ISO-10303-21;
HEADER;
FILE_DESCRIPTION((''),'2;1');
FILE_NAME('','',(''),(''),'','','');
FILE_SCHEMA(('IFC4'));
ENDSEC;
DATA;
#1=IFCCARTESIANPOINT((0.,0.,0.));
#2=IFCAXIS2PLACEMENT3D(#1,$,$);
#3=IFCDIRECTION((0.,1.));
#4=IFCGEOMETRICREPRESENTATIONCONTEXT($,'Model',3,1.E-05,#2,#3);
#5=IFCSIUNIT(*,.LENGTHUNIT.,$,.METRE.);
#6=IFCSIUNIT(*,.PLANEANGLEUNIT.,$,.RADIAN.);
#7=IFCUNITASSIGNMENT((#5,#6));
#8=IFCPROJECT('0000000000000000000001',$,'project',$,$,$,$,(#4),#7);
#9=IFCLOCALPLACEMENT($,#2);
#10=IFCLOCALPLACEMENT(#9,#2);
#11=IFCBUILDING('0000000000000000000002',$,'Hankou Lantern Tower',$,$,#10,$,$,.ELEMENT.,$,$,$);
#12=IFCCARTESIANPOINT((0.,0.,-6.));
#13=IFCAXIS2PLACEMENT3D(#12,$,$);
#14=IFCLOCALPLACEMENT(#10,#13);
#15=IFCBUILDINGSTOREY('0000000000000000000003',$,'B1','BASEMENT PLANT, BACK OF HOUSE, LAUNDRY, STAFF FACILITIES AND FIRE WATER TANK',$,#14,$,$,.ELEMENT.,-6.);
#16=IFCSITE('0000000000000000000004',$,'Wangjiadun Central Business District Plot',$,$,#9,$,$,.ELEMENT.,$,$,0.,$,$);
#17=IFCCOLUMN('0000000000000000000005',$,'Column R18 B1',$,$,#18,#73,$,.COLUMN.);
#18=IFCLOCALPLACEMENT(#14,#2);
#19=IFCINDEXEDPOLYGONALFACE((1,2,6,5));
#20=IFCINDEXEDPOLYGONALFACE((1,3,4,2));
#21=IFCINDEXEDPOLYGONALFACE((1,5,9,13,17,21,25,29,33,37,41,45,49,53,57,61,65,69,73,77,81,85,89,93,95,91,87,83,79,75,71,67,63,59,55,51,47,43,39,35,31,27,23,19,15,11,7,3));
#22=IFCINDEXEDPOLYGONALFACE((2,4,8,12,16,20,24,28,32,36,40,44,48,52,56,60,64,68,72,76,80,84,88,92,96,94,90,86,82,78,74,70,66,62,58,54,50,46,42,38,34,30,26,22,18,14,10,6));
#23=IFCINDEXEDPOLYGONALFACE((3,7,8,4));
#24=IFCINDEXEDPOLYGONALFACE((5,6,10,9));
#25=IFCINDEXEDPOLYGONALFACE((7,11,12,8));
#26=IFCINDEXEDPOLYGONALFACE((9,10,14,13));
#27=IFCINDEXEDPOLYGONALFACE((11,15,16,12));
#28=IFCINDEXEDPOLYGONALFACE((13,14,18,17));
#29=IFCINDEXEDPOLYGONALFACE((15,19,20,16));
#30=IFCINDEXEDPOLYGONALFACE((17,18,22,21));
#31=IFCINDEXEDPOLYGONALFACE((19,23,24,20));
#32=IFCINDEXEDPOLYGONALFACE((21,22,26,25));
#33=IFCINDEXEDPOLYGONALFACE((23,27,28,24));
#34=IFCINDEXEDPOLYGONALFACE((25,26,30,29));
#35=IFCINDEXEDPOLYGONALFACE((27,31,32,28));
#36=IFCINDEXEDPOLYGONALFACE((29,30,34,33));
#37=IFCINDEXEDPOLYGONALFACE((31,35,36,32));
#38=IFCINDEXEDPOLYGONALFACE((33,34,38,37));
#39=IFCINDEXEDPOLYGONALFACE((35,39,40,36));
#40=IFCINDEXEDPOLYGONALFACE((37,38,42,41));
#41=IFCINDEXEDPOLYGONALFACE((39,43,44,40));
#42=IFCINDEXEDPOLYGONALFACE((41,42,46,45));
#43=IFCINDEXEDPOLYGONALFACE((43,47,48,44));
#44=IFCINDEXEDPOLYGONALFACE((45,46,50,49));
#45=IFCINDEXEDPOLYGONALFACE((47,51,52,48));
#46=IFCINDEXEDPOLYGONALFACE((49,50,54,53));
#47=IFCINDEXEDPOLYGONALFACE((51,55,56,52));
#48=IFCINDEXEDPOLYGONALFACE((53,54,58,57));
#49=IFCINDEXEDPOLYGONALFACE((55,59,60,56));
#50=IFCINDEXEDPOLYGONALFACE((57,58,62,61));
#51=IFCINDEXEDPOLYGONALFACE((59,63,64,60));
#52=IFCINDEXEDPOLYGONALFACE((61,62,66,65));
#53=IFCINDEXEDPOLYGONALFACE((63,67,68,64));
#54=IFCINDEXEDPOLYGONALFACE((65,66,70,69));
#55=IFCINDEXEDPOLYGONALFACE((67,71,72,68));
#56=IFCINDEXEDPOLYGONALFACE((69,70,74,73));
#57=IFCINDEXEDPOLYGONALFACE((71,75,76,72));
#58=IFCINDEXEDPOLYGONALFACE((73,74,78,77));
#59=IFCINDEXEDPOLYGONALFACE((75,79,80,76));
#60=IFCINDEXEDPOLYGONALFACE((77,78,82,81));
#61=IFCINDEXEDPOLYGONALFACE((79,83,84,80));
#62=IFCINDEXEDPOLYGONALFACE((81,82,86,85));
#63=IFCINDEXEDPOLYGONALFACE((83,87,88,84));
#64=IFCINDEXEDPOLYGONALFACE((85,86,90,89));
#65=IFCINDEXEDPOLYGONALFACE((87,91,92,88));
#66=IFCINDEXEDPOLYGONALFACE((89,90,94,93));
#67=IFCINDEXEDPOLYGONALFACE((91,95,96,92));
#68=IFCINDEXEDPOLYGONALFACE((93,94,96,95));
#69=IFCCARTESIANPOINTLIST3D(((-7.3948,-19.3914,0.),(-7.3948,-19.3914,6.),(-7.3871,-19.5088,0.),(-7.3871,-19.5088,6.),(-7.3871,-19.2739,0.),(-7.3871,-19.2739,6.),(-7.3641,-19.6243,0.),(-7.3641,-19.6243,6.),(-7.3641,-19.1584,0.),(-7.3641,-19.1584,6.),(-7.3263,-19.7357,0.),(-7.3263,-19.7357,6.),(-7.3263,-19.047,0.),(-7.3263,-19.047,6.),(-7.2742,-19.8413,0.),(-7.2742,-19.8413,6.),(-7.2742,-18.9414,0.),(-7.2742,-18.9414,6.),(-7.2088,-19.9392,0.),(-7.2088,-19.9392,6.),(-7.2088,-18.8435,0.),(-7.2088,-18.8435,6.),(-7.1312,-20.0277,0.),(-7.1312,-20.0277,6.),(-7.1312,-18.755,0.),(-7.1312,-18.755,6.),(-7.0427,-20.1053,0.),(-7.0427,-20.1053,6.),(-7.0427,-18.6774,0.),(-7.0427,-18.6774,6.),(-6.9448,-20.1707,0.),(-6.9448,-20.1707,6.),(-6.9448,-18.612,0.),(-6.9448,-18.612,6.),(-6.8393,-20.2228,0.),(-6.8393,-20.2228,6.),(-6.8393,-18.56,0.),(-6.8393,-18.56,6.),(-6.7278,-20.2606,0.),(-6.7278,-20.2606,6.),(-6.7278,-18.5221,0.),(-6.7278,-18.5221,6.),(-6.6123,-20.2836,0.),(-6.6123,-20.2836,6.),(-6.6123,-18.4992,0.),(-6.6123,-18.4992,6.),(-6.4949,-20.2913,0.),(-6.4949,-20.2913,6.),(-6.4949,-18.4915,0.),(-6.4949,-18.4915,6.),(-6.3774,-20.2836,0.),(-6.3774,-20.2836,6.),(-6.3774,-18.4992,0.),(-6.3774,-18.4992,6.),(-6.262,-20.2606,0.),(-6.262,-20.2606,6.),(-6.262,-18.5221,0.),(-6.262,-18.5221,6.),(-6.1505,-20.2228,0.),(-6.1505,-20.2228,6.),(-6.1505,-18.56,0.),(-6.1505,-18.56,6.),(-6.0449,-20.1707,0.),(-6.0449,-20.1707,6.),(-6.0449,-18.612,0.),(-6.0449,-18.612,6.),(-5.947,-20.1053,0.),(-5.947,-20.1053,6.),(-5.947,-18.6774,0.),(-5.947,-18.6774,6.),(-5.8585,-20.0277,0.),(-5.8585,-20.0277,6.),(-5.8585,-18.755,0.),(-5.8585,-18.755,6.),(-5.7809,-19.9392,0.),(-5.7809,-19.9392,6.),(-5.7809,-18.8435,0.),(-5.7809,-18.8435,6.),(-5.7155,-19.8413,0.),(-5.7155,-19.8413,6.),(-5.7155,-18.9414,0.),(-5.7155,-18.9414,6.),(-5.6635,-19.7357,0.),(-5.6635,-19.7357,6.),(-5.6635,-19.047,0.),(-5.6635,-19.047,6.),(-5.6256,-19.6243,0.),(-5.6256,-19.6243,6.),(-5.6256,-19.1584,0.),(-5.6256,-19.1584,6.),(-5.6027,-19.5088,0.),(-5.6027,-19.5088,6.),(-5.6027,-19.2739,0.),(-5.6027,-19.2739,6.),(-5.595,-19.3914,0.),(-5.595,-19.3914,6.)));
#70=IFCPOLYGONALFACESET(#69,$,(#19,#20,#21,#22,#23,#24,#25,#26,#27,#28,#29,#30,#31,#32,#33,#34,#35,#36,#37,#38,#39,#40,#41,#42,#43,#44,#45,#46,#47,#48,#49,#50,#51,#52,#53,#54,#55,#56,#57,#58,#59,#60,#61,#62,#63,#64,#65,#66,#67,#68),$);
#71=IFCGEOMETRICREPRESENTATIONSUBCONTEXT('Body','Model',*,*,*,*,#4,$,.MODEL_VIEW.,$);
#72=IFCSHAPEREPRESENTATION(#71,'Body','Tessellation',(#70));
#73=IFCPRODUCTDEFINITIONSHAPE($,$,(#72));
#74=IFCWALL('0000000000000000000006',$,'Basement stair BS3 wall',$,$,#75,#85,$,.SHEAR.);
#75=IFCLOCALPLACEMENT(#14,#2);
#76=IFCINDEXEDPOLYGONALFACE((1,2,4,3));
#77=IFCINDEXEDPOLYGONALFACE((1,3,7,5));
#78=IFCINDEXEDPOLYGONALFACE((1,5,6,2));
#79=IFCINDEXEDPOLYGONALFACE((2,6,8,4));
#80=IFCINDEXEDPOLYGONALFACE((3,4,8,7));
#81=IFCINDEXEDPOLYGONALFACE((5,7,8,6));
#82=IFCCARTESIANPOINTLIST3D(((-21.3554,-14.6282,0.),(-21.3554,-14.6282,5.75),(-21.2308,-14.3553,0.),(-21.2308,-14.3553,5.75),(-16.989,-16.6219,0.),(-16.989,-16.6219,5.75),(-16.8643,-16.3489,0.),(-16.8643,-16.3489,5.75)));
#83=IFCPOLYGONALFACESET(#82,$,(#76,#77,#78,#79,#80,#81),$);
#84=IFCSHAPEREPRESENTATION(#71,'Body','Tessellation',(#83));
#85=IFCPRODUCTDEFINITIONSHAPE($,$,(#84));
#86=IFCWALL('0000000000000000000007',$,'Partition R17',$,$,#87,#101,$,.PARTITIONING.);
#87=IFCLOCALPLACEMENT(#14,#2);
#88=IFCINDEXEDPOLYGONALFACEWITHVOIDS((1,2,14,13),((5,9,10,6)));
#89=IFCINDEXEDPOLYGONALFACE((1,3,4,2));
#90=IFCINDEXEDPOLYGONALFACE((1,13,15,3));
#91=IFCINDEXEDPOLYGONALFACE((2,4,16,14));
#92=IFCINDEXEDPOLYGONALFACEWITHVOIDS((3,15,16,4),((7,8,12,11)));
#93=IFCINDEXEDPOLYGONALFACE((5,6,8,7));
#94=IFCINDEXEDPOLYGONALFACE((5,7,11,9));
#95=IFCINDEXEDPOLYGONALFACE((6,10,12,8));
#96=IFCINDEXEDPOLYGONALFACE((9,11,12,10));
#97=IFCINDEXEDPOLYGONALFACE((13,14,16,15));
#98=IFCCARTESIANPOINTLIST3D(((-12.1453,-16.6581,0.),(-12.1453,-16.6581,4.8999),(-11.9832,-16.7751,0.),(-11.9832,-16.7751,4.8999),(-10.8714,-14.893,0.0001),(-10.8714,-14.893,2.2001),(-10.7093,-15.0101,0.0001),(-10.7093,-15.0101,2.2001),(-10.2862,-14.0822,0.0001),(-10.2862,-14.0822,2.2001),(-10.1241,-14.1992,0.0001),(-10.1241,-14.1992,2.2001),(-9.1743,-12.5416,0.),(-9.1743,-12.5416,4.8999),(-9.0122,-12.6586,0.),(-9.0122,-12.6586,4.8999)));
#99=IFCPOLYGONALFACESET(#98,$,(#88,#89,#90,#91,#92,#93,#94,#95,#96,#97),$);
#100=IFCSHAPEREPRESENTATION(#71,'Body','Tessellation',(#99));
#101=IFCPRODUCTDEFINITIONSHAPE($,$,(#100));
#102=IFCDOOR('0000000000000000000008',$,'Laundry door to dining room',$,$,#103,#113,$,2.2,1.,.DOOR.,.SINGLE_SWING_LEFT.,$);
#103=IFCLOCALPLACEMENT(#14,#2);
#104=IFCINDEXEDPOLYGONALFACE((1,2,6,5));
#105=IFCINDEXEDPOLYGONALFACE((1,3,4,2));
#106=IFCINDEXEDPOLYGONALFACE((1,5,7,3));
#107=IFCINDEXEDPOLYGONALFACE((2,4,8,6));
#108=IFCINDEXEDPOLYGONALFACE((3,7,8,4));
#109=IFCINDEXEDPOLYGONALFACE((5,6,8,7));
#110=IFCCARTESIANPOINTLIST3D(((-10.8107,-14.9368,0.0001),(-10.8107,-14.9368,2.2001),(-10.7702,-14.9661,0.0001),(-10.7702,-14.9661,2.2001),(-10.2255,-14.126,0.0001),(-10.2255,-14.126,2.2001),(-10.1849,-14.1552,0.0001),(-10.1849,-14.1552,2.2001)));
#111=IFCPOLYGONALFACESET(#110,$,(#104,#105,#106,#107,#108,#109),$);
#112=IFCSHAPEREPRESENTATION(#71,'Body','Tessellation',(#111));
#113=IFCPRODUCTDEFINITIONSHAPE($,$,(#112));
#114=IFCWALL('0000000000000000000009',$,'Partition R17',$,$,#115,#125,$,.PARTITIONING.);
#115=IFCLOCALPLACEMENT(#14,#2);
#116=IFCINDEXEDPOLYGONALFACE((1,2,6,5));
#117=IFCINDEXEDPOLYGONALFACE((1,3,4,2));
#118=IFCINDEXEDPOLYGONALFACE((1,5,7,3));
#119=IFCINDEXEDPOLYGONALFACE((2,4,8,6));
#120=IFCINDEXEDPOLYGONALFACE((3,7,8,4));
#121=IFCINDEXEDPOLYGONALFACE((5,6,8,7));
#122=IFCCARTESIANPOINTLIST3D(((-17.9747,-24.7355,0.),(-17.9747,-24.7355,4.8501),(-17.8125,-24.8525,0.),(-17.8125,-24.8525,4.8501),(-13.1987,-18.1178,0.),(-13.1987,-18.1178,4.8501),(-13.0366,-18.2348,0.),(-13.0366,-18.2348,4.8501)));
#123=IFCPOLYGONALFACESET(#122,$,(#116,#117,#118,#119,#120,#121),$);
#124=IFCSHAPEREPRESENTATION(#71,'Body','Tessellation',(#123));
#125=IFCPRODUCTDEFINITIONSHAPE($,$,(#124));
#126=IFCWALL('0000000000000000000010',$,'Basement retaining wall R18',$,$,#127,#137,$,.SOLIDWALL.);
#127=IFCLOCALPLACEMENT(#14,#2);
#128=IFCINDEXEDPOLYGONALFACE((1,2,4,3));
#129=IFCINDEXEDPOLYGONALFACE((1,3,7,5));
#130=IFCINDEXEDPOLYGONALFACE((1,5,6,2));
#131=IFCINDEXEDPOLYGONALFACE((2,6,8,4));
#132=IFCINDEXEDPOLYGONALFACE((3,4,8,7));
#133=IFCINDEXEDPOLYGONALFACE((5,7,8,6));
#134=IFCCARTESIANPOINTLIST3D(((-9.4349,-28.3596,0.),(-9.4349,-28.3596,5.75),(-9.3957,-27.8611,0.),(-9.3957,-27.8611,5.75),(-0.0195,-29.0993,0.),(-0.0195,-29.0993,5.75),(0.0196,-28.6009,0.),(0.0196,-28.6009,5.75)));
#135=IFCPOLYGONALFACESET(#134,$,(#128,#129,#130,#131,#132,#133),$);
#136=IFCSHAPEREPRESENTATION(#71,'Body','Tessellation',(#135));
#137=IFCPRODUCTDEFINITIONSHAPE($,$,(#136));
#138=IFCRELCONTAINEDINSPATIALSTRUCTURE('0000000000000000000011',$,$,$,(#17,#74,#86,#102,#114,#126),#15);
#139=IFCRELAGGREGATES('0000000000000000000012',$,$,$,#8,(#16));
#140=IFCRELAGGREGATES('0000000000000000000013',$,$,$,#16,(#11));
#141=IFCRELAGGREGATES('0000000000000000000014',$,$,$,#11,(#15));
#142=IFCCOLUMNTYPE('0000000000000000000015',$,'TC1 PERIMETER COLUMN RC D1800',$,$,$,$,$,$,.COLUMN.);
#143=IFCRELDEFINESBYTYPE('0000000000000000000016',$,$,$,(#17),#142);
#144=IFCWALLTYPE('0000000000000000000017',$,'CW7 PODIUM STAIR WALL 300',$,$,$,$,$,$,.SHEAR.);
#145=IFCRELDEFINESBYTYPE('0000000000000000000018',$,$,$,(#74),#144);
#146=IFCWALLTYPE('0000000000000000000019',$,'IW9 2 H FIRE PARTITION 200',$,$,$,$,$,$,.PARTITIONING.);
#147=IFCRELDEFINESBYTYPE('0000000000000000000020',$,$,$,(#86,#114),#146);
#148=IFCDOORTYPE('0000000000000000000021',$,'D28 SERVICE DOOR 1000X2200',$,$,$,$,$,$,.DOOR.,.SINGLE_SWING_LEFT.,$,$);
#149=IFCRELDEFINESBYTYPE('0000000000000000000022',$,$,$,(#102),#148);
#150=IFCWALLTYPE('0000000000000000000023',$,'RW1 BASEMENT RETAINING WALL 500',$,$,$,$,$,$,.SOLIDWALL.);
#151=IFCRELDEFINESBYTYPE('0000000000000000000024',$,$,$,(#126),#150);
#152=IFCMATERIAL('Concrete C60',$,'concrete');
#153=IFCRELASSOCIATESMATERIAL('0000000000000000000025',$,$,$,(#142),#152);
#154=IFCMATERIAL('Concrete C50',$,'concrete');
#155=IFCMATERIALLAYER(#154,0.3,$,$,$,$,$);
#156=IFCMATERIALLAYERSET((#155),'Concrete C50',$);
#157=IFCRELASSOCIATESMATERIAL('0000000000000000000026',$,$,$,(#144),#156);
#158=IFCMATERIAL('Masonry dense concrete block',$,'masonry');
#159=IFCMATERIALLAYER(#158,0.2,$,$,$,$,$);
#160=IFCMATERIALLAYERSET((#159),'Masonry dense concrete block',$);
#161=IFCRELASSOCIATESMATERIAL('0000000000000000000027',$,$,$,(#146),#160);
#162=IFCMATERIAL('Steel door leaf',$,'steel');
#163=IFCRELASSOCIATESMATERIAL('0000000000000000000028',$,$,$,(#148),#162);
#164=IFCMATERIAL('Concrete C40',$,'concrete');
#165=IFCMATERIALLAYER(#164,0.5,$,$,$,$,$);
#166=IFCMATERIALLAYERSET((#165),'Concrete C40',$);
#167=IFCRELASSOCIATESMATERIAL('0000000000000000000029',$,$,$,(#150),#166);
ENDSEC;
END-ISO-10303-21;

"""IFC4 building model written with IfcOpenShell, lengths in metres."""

from ifc_helpers import new_model, si_unit, direction, frame, frame_2d, origin, origin_2d, place, context, subcontext, project, spatial, rectangle, circle, extrude, material, layer, layer_set, material_profile, profile_set, type_object, element, fill, save


model = new_model("IFC4")

# Units and contexts
model_context = context("Model", 3, precision=1e-05, world=origin(), true_north=direction((0.0, 1.0)))
body_context = subcontext(model_context, "Body", "Model", "MODEL_VIEW")
ifc_project = project(units=[si_unit("LENGTHUNIT", "METRE"), si_unit("PLANEANGLEUNIT", "RADIAN")], contexts=[model_context])

# Site, building, storey
site_placement = place(None, origin())
site = spatial("IfcSite", under=ifc_project, at=site_placement, Name="Wangjiadun Central Business District Plot", CompositionType="ELEMENT", RefElevation=0.0)
building_placement = place(site_placement, origin())
building = spatial("IfcBuilding", under=site, at=building_placement, Name="Hankou Lantern Tower", CompositionType="ELEMENT")
storey_placement = place(building_placement, frame((0.0, 0.0, -6.0)))
storey = spatial("IfcBuildingStorey", under=building, at=storey_placement, Name="B1", Description="BASEMENT PLANT, BACK OF HOUSE, LAUNDRY, STAFF FACILITIES AND FIRE WATER TANK", CompositionType="ELEMENT", Elevation=-6.0)

# Column
ifc_material_1 = material(Name="Concrete C60", Category="concrete")
ifc_material_profile_1 = material_profile(ifc_material_1, circle(Radius=0.8999, at=origin_2d()), Name="RC D1800")
ifc_profile_set_1 = profile_set([ifc_material_profile_1], Name="Concrete C60")
column_type_1 = type_object("IfcColumnType", Name="TC1 PERIMETER COLUMN RC D1800", PredefinedType="COLUMN", material=ifc_profile_set_1)
for number, where, z_axis, x_axis, name in (
    (1, (-6.4949, -19.3914, 0.0), (0.0, 0.0, 1.0), (1.0, 0.0, 0.0), "Column R18 B1"),
):
    element("IfcColumn", number, at=place(storey_placement, frame(where, z_axis=z_axis, x_axis=x_axis)), inside=storey, type_object=column_type_1, Name=name, PredefinedType="COLUMN", context=body_context, shape_type="SweptSolid", body=[
        extrude(circle(Radius=0.8999, at=origin_2d()), origin(), (0.0, 0.0, 1.0), 6.0),
    ])

# Wall
ifc_material_2 = material(Name="Concrete C50", Category="concrete")
ifc_layer_1 = layer(ifc_material_2, 0.3)
ifc_layer_set_1 = layer_set([ifc_layer_1], Name="Concrete C50")
wall_type_1 = type_object("IfcWallType", Name="CW7 PODIUM STAIR WALL 300", PredefinedType="SHEAR", material=ifc_layer_set_1)
wall_1_placement = place(storey_placement, frame((-16.9268, -16.4854, 0.0), z_axis=(0.0, 0.0, 1.0), x_axis=(-0.909667, 0.415339, 0.0)))
element("IfcWall", 2, at=wall_1_placement, inside=storey, type_object=wall_type_1, Name="Basement stair BS3 wall", PredefinedType="SHEAR", context=body_context, shape_type="SweptSolid", body=[
    extrude(rectangle(XDim=4.8, YDim=0.3, at=frame_2d((2.3999, 0.0))), origin(), (0.0, 0.0, 1.0), 5.75),
])

# Wall, opening, door
ifc_material_3 = material(Name="Masonry dense concrete block", Category="masonry")
ifc_layer_2 = layer(ifc_material_3, 0.2)
ifc_layer_set_2 = layer_set([ifc_layer_2], Name="Masonry dense concrete block")
wall_type_2 = type_object("IfcWallType", Name="IW9 2 H FIRE PARTITION 200", PredefinedType="PARTITIONING", material=ifc_layer_set_2)
wall_2_placement = place(storey_placement, frame((-9.0933, -12.6001, 0.0), z_axis=(0.0, 0.0, 1.0), x_axis=(-0.585225, -0.810871, 0.0)))
wall_2 = element("IfcWall", 3, at=wall_2_placement, inside=storey, type_object=wall_type_2, Name="Partition R17", PredefinedType="PARTITIONING", context=body_context, shape_type="SweptSolid", body=[
    extrude(rectangle(XDim=5.0767, YDim=0.2, at=frame_2d((2.5383, 0.0))), origin(), (0.0, 0.0, 1.0), 4.8999),
])
opening_placement = place(wall_2_placement, frame((1.8999, 0.0, 0.0)))
opening = element("IfcOpeningElement", 4, at=opening_placement, cuts=wall_2, PredefinedType="OPENING", context=body_context, shape_type="SweptSolid", body=[
    extrude(rectangle(XDim=1.0, YDim=2.2, at=frame_2d((0.5, 1.1001))), frame((0.0, 0.1099, 0.0), z_axis=(0.0, -1.0, 0.0), x_axis=(1.0, 0.0, 0.0)), (0.0, 0.0, 1.0), 0.22),
])
ifc_material_4 = material(Name="Steel door leaf", Category="steel")
door_type = type_object("IfcDoorType", Name="D28 SERVICE DOOR 1000X2200", OperationType="SINGLE_SWING_LEFT", PredefinedType="DOOR", material=ifc_material_4)
door_placement = place(opening_placement, origin())
door = element("IfcDoor", 5, at=door_placement, inside=storey, type_object=door_type, Name="Laundry door to dining room", OperationType="SINGLE_SWING_LEFT", OverallHeight=2.2, OverallWidth=1.0, PredefinedType="DOOR", context=body_context, shape_type="SweptSolid", body=[
    extrude(rectangle(XDim=1.0, YDim=2.2, at=frame_2d((0.5, 1.1001))), frame((0.0, 0.0249, 0.0), z_axis=(0.0, -1.0, 0.0), x_axis=(1.0, 0.0, 0.0)), (0.0, 0.0, 1.0), 0.05),
])
fill(opening, door)

# Walls
wall_3_placement = place(storey_placement, frame((-13.1177, -18.1763, 0.0), z_axis=(0.0, 0.0, 1.0), x_axis=(-0.585204, -0.810886, 0.0)))
element("IfcWall", 6, at=wall_3_placement, inside=storey, type_object=wall_type_2, Name="Partition R17", PredefinedType="PARTITIONING", context=body_context, shape_type="SweptSolid", body=[
    extrude(rectangle(XDim=8.1611, YDim=0.2, at=frame_2d((4.0806, 0.0))), origin(), (0.0, 0.0, 1.0), 4.8501),
])
ifc_material_5 = material(Name="Concrete C40", Category="concrete")
ifc_layer_3 = layer(ifc_material_5, 0.5)
ifc_layer_set_3 = layer_set([ifc_layer_3], Name="Concrete C40")
wall_type_3 = type_object("IfcWallType", Name="RW1 BASEMENT RETAINING WALL 500", PredefinedType="SOLIDWALL", material=ifc_layer_set_3)
wall_4_placement = place(storey_placement, frame((-9.4153, -28.1104, 0.0), z_axis=(0.0, 0.0, 1.0), x_axis=(0.996928, -0.078327, 0.0)))
element("IfcWall", 7, at=wall_4_placement, inside=storey, type_object=wall_type_3, Name="Basement retaining wall R18", PredefinedType="SOLIDWALL", context=body_context, shape_type="SweptSolid", body=[
    extrude(rectangle(XDim=9.4443, YDim=0.5, at=frame_2d((4.7222, 0.0))), origin(), (0.0, 0.0, 1.0), 5.75),
])

save(model, "model.ifc")
